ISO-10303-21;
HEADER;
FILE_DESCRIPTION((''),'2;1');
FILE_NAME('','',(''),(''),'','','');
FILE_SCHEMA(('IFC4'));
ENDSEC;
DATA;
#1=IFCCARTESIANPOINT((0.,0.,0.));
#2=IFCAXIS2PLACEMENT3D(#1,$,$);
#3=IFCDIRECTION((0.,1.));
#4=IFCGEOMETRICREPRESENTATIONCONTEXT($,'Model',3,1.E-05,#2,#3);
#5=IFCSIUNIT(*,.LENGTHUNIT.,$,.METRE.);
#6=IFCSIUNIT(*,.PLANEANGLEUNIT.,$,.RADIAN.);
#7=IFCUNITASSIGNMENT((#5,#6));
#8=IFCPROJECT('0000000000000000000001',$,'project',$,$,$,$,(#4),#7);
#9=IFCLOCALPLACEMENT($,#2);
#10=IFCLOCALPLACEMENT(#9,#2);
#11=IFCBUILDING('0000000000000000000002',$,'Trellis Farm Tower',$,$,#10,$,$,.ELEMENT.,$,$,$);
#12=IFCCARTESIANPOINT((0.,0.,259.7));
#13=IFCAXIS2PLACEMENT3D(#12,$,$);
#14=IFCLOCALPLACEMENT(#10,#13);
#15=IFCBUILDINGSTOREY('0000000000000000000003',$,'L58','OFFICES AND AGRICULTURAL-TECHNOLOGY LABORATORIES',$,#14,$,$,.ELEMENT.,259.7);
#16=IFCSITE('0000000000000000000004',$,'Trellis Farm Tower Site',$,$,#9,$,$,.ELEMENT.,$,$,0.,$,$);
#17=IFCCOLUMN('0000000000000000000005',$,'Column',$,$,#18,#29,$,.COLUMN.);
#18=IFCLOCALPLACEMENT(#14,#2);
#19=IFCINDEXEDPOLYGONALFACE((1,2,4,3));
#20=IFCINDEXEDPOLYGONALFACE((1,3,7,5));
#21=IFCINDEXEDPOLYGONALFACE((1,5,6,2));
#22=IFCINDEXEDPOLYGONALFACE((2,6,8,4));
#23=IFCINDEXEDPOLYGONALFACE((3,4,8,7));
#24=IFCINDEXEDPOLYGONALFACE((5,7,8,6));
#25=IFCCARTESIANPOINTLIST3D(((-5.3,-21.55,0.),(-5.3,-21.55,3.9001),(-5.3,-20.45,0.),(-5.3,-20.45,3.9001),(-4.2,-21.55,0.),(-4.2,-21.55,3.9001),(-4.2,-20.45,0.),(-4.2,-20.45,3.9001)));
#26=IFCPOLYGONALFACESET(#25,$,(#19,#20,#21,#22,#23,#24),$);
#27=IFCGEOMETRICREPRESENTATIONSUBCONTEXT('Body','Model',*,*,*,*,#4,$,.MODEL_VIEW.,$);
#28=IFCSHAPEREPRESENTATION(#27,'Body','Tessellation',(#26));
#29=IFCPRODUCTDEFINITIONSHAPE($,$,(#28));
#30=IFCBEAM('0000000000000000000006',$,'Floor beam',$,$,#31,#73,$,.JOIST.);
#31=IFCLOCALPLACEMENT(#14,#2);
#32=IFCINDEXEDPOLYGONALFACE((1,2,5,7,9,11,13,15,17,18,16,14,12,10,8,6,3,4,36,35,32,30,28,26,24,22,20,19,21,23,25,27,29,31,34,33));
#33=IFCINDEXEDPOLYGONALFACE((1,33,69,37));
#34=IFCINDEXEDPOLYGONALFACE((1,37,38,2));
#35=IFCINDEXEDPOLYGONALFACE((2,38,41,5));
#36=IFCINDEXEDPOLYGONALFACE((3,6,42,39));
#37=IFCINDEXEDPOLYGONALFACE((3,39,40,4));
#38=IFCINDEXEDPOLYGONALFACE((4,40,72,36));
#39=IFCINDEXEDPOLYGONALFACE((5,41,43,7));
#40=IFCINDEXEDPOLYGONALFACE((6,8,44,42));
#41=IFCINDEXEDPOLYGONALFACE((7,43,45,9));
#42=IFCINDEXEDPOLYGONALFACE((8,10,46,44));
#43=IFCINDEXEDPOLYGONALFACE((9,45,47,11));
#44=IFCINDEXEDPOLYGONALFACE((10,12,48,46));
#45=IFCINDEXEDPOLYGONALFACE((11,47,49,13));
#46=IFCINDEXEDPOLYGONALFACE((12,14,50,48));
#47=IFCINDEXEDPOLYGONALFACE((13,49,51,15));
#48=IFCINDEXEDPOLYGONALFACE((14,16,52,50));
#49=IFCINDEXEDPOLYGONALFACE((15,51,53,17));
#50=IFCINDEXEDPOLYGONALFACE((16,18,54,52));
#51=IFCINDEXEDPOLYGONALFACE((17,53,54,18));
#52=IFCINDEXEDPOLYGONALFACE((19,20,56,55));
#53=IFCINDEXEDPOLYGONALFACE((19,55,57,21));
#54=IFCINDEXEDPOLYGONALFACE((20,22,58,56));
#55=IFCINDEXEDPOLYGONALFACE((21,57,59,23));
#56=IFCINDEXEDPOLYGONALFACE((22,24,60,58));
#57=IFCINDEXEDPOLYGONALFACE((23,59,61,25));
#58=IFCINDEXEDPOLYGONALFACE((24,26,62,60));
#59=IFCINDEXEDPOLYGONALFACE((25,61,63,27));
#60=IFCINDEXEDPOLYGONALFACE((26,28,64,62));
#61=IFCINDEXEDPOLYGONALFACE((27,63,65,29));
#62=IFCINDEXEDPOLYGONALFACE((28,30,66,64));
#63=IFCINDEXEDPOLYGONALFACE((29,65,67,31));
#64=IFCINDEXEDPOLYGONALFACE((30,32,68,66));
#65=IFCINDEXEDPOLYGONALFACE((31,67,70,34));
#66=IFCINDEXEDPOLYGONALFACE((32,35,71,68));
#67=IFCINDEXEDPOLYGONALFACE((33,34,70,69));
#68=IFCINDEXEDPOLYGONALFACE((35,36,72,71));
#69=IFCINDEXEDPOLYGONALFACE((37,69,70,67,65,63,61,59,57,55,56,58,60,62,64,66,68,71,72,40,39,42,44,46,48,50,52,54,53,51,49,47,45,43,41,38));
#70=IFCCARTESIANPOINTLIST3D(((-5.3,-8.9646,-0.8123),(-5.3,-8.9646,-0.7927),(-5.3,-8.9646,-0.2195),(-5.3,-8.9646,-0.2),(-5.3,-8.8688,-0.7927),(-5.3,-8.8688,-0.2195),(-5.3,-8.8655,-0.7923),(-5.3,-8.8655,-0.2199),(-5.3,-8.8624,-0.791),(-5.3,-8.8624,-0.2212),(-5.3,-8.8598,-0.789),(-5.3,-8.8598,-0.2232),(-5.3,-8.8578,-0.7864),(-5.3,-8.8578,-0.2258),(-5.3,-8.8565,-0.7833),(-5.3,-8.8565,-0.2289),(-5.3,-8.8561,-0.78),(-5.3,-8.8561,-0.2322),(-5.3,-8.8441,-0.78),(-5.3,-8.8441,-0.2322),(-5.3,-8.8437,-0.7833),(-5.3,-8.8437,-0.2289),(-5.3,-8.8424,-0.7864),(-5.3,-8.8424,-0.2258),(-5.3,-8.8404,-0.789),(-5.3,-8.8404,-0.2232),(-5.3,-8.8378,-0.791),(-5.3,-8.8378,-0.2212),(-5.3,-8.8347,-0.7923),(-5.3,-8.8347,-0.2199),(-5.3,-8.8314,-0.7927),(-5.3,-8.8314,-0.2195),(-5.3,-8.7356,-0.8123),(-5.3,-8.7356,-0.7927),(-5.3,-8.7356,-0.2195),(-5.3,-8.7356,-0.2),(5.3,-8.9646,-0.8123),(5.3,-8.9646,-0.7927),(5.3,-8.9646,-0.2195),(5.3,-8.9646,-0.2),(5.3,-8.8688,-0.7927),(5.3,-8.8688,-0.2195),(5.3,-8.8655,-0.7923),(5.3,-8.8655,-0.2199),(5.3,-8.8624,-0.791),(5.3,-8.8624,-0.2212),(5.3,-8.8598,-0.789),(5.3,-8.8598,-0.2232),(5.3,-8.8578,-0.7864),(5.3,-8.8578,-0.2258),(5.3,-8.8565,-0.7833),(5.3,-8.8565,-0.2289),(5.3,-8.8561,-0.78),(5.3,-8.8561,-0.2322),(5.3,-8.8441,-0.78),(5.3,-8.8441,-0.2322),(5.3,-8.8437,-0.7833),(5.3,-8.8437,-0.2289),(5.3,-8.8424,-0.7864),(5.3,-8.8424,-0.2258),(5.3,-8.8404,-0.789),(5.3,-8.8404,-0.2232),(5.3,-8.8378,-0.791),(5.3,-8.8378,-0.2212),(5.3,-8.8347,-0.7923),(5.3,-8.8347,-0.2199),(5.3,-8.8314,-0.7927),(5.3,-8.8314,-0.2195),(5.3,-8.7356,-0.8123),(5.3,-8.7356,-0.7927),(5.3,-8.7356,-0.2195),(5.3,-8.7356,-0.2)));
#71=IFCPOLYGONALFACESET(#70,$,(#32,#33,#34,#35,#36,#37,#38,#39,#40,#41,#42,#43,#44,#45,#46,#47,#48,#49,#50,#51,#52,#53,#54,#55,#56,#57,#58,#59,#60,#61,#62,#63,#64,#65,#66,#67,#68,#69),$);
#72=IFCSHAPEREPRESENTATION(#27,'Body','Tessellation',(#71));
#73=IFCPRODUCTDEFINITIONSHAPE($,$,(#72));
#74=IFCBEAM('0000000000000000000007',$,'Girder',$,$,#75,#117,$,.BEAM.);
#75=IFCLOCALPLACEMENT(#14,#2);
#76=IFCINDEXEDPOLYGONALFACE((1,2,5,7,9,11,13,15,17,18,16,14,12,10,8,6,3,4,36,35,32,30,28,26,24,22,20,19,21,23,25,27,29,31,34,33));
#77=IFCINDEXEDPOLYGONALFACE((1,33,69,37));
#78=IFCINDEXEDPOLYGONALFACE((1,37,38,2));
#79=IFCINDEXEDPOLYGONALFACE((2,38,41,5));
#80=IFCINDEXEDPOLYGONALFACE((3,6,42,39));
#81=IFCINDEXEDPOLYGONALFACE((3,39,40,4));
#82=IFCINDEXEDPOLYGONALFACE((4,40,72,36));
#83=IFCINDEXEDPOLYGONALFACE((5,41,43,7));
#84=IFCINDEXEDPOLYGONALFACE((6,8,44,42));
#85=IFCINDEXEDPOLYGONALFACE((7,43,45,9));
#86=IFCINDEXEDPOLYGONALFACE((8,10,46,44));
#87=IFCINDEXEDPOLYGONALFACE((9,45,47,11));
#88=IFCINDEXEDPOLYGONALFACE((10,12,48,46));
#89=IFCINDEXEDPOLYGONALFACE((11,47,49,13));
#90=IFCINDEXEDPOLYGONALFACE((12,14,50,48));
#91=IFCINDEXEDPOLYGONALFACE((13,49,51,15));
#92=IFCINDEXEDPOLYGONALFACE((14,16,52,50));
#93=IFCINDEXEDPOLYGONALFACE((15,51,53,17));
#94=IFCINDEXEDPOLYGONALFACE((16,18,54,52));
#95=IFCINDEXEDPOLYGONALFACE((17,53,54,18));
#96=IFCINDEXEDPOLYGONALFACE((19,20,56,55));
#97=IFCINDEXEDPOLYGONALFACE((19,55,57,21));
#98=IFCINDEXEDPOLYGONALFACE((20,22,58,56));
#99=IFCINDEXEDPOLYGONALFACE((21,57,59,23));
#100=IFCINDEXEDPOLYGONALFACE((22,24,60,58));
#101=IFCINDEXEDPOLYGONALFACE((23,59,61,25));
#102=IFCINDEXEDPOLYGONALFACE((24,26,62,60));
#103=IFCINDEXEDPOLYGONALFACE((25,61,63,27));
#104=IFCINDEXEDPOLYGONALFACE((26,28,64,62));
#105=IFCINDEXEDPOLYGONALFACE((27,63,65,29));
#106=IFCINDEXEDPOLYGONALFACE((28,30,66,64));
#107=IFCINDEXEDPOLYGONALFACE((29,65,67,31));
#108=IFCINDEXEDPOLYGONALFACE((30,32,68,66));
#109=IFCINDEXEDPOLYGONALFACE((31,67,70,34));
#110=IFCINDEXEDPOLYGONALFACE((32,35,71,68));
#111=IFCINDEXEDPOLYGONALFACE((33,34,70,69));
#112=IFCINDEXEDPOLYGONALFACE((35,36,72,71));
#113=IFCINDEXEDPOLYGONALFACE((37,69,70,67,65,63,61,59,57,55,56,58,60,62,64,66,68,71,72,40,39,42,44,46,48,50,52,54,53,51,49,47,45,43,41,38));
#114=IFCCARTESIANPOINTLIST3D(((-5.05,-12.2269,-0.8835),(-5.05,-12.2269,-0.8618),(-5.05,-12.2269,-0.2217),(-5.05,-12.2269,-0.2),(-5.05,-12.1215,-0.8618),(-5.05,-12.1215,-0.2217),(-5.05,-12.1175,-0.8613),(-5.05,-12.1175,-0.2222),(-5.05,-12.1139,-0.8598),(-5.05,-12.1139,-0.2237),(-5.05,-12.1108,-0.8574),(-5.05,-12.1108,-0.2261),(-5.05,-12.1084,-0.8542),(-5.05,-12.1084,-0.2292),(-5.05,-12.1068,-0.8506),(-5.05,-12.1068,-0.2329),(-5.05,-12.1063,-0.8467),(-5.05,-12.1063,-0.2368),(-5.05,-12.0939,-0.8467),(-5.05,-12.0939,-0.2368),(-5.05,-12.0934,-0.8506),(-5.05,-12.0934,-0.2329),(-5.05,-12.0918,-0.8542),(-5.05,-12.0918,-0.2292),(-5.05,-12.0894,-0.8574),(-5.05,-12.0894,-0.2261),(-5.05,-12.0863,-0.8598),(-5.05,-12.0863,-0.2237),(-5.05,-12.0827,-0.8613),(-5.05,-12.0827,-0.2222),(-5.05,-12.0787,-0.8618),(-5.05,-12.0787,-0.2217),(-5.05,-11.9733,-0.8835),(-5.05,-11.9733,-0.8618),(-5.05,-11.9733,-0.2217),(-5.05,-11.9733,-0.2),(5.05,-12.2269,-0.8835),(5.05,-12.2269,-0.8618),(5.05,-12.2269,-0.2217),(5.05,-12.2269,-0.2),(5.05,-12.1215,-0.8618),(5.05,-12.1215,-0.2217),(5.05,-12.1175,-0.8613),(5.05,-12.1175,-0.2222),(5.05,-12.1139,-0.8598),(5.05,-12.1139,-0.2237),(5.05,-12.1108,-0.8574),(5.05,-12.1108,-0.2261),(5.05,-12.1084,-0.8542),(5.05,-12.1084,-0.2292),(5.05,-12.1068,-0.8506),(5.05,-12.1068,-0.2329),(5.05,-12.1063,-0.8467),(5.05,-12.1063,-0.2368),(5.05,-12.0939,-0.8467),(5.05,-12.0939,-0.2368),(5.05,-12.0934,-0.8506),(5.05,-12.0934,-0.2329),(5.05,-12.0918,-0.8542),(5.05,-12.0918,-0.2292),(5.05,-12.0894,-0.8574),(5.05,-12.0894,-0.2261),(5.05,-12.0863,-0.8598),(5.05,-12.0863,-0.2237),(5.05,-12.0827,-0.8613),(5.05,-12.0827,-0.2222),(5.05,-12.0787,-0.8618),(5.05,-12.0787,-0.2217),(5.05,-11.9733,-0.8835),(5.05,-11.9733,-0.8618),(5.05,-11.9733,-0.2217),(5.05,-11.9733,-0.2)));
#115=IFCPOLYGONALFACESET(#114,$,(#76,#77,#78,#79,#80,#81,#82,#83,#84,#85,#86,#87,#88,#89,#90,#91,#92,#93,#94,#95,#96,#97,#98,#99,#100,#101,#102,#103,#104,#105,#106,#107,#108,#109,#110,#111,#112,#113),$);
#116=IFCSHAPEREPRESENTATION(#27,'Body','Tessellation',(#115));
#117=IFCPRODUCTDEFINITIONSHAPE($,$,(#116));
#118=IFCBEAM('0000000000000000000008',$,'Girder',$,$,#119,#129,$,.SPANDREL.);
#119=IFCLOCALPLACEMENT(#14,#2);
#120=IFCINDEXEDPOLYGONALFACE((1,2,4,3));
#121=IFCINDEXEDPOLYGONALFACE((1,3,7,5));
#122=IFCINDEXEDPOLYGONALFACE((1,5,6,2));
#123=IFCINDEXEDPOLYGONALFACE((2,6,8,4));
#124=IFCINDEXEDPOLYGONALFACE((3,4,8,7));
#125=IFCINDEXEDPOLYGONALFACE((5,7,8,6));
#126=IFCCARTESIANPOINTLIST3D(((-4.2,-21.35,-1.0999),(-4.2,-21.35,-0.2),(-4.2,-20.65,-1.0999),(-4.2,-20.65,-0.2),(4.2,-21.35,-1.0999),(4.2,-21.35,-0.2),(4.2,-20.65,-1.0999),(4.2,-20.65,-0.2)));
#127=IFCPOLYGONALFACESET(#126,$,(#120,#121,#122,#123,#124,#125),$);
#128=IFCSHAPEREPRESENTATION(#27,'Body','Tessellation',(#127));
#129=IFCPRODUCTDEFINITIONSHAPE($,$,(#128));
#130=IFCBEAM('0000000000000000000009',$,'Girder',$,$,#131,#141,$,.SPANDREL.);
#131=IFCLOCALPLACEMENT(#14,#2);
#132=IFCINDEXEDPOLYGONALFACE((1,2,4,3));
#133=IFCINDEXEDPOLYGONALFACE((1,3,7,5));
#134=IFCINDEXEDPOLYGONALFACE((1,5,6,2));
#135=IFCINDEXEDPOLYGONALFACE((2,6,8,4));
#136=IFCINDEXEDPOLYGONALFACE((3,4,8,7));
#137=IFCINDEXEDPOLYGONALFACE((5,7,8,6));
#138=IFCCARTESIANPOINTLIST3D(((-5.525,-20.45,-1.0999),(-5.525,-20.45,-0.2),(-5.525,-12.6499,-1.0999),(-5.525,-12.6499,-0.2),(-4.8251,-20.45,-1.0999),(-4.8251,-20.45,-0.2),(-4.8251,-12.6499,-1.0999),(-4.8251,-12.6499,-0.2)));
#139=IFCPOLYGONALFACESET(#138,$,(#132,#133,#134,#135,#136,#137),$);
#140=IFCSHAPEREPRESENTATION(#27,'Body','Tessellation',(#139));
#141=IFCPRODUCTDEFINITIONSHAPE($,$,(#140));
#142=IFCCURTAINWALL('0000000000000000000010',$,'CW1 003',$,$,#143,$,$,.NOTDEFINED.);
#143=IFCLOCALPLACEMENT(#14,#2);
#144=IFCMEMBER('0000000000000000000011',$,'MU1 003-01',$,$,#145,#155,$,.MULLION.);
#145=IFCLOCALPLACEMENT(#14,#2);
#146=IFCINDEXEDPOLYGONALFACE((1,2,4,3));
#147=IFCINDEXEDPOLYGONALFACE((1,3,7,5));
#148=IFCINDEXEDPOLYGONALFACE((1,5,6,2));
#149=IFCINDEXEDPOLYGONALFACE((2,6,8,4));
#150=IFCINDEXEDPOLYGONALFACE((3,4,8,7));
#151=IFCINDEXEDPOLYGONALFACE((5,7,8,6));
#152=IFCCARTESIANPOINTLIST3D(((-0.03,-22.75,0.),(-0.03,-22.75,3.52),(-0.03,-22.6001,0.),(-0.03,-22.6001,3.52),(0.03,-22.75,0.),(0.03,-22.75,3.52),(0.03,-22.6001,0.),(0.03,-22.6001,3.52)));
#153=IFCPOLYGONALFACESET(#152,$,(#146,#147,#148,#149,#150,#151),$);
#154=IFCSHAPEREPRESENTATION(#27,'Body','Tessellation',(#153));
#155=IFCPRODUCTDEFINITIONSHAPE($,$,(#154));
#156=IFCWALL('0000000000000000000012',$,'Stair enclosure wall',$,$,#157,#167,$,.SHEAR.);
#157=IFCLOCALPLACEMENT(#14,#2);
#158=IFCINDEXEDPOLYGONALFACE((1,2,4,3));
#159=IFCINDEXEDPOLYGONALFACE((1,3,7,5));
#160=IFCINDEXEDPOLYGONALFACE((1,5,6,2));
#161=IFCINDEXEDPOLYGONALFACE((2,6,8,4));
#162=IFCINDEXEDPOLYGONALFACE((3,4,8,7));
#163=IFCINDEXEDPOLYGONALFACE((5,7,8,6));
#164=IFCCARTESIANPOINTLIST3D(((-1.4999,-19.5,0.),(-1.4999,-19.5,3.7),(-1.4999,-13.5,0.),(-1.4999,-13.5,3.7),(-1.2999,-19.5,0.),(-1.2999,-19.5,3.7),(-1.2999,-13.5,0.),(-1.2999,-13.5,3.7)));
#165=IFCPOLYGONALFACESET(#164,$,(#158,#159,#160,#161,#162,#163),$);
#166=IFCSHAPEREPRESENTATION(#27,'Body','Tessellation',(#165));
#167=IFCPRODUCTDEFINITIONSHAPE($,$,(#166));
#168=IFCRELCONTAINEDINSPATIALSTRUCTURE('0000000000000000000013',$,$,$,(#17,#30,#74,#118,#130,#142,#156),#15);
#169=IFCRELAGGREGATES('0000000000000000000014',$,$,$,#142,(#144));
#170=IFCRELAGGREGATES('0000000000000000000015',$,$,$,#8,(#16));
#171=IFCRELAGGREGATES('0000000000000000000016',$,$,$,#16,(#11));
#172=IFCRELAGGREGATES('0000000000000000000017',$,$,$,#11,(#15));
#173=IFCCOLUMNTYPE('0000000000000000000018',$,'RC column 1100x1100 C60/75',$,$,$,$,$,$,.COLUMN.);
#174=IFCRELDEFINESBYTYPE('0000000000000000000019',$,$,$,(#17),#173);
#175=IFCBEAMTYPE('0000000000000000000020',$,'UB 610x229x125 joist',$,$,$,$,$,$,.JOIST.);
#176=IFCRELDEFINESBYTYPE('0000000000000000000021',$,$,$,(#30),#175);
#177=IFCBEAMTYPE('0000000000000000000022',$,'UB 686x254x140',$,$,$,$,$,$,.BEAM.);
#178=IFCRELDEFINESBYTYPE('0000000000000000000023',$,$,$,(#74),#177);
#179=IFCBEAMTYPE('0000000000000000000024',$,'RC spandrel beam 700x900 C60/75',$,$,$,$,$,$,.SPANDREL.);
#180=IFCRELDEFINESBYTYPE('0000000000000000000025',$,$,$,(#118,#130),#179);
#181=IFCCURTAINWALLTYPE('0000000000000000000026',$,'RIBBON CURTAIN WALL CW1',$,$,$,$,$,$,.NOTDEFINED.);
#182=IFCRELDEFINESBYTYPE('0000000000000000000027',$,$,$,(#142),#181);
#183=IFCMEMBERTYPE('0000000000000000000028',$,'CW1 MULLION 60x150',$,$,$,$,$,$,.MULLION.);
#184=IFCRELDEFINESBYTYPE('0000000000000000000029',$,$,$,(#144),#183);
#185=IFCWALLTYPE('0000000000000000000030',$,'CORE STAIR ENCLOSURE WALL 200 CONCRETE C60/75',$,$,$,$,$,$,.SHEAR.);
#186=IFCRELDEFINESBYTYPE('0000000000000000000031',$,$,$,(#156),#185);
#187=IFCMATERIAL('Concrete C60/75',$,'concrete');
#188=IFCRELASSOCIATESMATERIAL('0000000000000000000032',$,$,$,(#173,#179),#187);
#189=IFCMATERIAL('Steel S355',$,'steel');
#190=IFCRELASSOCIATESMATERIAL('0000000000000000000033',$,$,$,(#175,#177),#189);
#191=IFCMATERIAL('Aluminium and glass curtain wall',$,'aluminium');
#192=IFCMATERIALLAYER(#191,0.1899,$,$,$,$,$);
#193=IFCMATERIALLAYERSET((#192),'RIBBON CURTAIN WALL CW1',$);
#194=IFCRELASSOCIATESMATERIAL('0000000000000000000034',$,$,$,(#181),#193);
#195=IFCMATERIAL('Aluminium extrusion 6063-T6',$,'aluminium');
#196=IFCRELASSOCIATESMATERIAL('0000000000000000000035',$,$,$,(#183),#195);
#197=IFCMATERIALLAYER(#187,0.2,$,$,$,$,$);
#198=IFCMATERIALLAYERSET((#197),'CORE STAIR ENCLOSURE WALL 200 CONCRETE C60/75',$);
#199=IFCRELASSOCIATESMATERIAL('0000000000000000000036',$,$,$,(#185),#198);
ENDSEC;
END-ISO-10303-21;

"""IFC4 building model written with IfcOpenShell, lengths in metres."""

from ifc_helpers import new_model, si_unit, direction, frame, frame_2d, origin, origin_2d, place, context, subcontext, project, spatial, rectangle, i_section, extrude, source, transform, mapped, material, layer, layer_set, material_profile, profile_set, type_object, element, aggregate, save


model = new_model("IFC4")

# Units and contexts
model_context = context("Model", 3, precision=1e-05, world=origin(), true_north=direction((0.0, 1.0)))
body_context = subcontext(model_context, "Body", "Model", "MODEL_VIEW")
ifc_project = project(units=[si_unit("LENGTHUNIT", "METRE"), si_unit("PLANEANGLEUNIT", "RADIAN")], contexts=[model_context])

# Site, building, storey
site_placement = place(None, origin())
site = spatial("IfcSite", under=ifc_project, at=site_placement, Name="Trellis Farm Tower Site", CompositionType="ELEMENT", RefElevation=0.0)
building_placement = place(site_placement, origin())
building = spatial("IfcBuilding", under=site, at=building_placement, Name="Trellis Farm Tower", CompositionType="ELEMENT")
storey_placement = place(building_placement, frame((0.0, 0.0, 259.7)))
storey = spatial("IfcBuildingStorey", under=building, at=storey_placement, Name="L58", Description="OFFICES AND AGRICULTURAL-TECHNOLOGY LABORATORIES", CompositionType="ELEMENT", Elevation=259.7)

# Column
ifc_material_1 = material(Name="Concrete C60/75", Category="concrete")
ifc_material_profile_1 = material_profile(ifc_material_1, rectangle(XDim=1.1001, YDim=1.1001, at=origin_2d()), Name="RC column 1100x1100 C60/75")
ifc_profile_set_1 = profile_set([ifc_material_profile_1], Name="Concrete C60/75")
column_type = type_object("IfcColumnType", Name="RC column 1100x1100 C60/75", PredefinedType="COLUMN", material=ifc_profile_set_1)
shared_shape_1 = source(origin(), body_context, "Body", "SweptSolid", [
    extrude(rectangle(XDim=1.1001, YDim=1.1001, at=origin_2d()), origin(), (0.0, 0.0, 1.0), 3.9001),
])
column_placement = place(storey_placement, frame((-4.75, -21.0, 0.0), z_axis=(0.0, 0.0, 1.0), x_axis=(1.0, 0.0, 0.0)))
element("IfcColumn", 1, at=column_placement, inside=storey, type_object=column_type, Name="Column", PredefinedType="COLUMN", context=body_context, shape_type="MappedRepresentation", body=[
    mapped(shared_shape_1, transform((0.0, 0.0, 0.0))),
])

# Beams
ifc_material_2 = material(Name="Steel S355", Category="steel")
ifc_material_profile_2 = material_profile(ifc_material_2, i_section(OverallWidth=0.229, OverallDepth=0.6123, WebThickness=0.012, FlangeThickness=0.0195, FilletRadius=0.0127, at=origin_2d()), Name="UB 610x229x125")
ifc_profile_set_2 = profile_set([ifc_material_profile_2], Name="Steel S355")
beam_type_1 = type_object("IfcBeamType", Name="UB 610x229x125 joist", PredefinedType="JOIST", material=ifc_profile_set_2)
shared_shape_2 = source(origin(), body_context, "Body", "SweptSolid", [
    extrude(i_section(OverallWidth=0.229, OverallDepth=0.6123, WebThickness=0.012, FlangeThickness=0.0195, FilletRadius=0.0127, at=origin_2d()), origin(), (0.0, 0.0, 1.0), 10.6001),
])
beam_1_placement = place(storey_placement, frame((-5.3, -8.8501, -0.5061), z_axis=(1.0, 0.0, 0.0), x_axis=(0.0, 1.0, 0.0)))
element("IfcBeam", 2, at=beam_1_placement, inside=storey, type_object=beam_type_1, Name="Floor beam", PredefinedType="JOIST", context=body_context, shape_type="MappedRepresentation", body=[
    mapped(shared_shape_2, transform((0.0, 0.0, 0.0))),
])
ifc_material_profile_3 = material_profile(ifc_material_2, i_section(OverallWidth=0.2537, OverallDepth=0.6836, WebThickness=0.0125, FlangeThickness=0.0217, FilletRadius=0.0151, at=origin_2d()), Name="UB 686x254x140")
ifc_profile_set_3 = profile_set([ifc_material_profile_3], Name="Steel S355")
beam_type_2 = type_object("IfcBeamType", Name="UB 686x254x140", PredefinedType="BEAM", material=ifc_profile_set_3)
shared_shape_3 = source(origin(), body_context, "Body", "SweptSolid", [
    extrude(i_section(OverallWidth=0.2537, OverallDepth=0.6836, WebThickness=0.0125, FlangeThickness=0.0217, FilletRadius=0.0151, at=origin_2d()), origin(), (0.0, 0.0, 1.0), 10.1001),
])
beam_2_placement = place(storey_placement, frame((-5.05, -12.1001, -0.5417), z_axis=(1.0, 0.0, 0.0), x_axis=(0.0, 1.0, 0.0)))
element("IfcBeam", 3, at=beam_2_placement, inside=storey, type_object=beam_type_2, Name="Girder", PredefinedType="BEAM", context=body_context, shape_type="MappedRepresentation", body=[
    mapped(shared_shape_3, transform((0.0, 0.0, 0.0))),
])
ifc_material_profile_4 = material_profile(ifc_material_1, rectangle(XDim=0.7, YDim=0.8999, at=origin_2d()), Name="RC spandrel beam 700x900 C60/75")
ifc_profile_set_4 = profile_set([ifc_material_profile_4], Name="Concrete C60/75")
beam_type_3 = type_object("IfcBeamType", Name="RC spandrel beam 700x900 C60/75", PredefinedType="SPANDREL", material=ifc_profile_set_4)
shared_shape_4 = source(origin(), body_context, "Body", "SweptSolid", [
    extrude(rectangle(XDim=0.7, YDim=0.8999, at=origin_2d()), origin(), (0.0, 0.0, 1.0), 8.3999),
])
beam_3_placement = place(storey_placement, frame((-4.2, -21.0, -0.6499), z_axis=(1.0, 0.0, 0.0), x_axis=(0.0, 1.0, 0.0)))
element("IfcBeam", 4, at=beam_3_placement, inside=storey, type_object=beam_type_3, Name="Girder", PredefinedType="SPANDREL", context=body_context, shape_type="MappedRepresentation", body=[
    mapped(shared_shape_4, transform((0.0, 0.0, 0.0))),
])
shared_shape_5 = source(origin(), body_context, "Body", "SweptSolid", [
    extrude(rectangle(XDim=0.7, YDim=0.8999, at=origin_2d()), origin(), (0.0, 0.0, 1.0), 7.8),
])
beam_4_placement = place(storey_placement, frame((-5.175, -20.45, -0.6499), z_axis=(0.0, 1.0, 0.0), x_axis=(-1.0, 0.0, 0.0)))
element("IfcBeam", 5, at=beam_4_placement, inside=storey, type_object=beam_type_3, Name="Girder", PredefinedType="SPANDREL", context=body_context, shape_type="MappedRepresentation", body=[
    mapped(shared_shape_5, transform((0.0, 0.0, 0.0))),
])

# Curtain wall, member
ifc_material_3 = material(Name="Aluminium and glass curtain wall", Category="aluminium")
ifc_layer_1 = layer(ifc_material_3, 0.1899)
ifc_layer_set_1 = layer_set([ifc_layer_1], Name="RIBBON CURTAIN WALL CW1")
curtain_wall_type = type_object("IfcCurtainWallType", Name="RIBBON CURTAIN WALL CW1", PredefinedType="NOTDEFINED", material=ifc_layer_set_1)
placement = place(storey_placement, origin())
curtain_wall = element("IfcCurtainWall", 6, at=placement, inside=storey, type_object=curtain_wall_type, Name="CW1 003", PredefinedType="NOTDEFINED")
ifc_material_4 = material(Name="Aluminium extrusion 6063-T6", Category="aluminium")
ifc_material_profile_5 = material_profile(ifc_material_4, rectangle(XDim=0.0601, YDim=0.1499, at=origin_2d()), Name="MULLION 60x150")
ifc_profile_set_5 = profile_set([ifc_material_profile_5], Name="Aluminium extrusion 6063-T6")
member_type = type_object("IfcMemberType", Name="CW1 MULLION 60x150", PredefinedType="MULLION", material=ifc_profile_set_5)
shared_shape_6 = source(origin(), body_context, "Body", "SweptSolid", [
    extrude(rectangle(XDim=0.0601, YDim=0.1499, at=origin_2d()), origin(), (0.0, 0.0, 1.0), 3.52),
])
member_placement = place(storey_placement, frame((0.0, -22.675, 0.0), z_axis=(0.0, 0.0, 1.0), x_axis=(1.0, 0.0, 0.0)))
member = element("IfcMember", 7, at=member_placement, type_object=member_type, Name="MU1 003-01", PredefinedType="MULLION", context=body_context, shape_type="MappedRepresentation", body=[
    mapped(shared_shape_6, transform((0.0, 0.0, 0.0))),
])
aggregate(curtain_wall, [member])

# Wall
ifc_layer_2 = layer(ifc_material_1, 0.2)
ifc_layer_set_2 = layer_set([ifc_layer_2], Name="CORE STAIR ENCLOSURE WALL 200 CONCRETE C60/75")
wall_type_1 = type_object("IfcWallType", Name="CORE STAIR ENCLOSURE WALL 200 CONCRETE C60/75", PredefinedType="SHEAR", material=ifc_layer_set_2)
shared_shape_7 = source(origin(), body_context, "Body", "SweptSolid", [
    extrude(rectangle(XDim=6.0, YDim=0.2, at=frame_2d((3.0, 0.0))), origin(), (0.0, 0.0, 1.0), 3.7),
])
wall_1_placement = place(storey_placement, frame((-1.3999, -13.5, 0.0), z_axis=(0.0, 0.0, 1.0), x_axis=(0.0, -1.0, 0.0)))
element("IfcWall", 8, at=wall_1_placement, inside=storey, type_object=wall_type_1, Name="Stair enclosure wall", PredefinedType="SHEAR", context=body_context, shape_type="MappedRepresentation", body=[
    mapped(shared_shape_7, transform((0.0, 0.0, 0.0))),
])

save(model, "model.ifc")
